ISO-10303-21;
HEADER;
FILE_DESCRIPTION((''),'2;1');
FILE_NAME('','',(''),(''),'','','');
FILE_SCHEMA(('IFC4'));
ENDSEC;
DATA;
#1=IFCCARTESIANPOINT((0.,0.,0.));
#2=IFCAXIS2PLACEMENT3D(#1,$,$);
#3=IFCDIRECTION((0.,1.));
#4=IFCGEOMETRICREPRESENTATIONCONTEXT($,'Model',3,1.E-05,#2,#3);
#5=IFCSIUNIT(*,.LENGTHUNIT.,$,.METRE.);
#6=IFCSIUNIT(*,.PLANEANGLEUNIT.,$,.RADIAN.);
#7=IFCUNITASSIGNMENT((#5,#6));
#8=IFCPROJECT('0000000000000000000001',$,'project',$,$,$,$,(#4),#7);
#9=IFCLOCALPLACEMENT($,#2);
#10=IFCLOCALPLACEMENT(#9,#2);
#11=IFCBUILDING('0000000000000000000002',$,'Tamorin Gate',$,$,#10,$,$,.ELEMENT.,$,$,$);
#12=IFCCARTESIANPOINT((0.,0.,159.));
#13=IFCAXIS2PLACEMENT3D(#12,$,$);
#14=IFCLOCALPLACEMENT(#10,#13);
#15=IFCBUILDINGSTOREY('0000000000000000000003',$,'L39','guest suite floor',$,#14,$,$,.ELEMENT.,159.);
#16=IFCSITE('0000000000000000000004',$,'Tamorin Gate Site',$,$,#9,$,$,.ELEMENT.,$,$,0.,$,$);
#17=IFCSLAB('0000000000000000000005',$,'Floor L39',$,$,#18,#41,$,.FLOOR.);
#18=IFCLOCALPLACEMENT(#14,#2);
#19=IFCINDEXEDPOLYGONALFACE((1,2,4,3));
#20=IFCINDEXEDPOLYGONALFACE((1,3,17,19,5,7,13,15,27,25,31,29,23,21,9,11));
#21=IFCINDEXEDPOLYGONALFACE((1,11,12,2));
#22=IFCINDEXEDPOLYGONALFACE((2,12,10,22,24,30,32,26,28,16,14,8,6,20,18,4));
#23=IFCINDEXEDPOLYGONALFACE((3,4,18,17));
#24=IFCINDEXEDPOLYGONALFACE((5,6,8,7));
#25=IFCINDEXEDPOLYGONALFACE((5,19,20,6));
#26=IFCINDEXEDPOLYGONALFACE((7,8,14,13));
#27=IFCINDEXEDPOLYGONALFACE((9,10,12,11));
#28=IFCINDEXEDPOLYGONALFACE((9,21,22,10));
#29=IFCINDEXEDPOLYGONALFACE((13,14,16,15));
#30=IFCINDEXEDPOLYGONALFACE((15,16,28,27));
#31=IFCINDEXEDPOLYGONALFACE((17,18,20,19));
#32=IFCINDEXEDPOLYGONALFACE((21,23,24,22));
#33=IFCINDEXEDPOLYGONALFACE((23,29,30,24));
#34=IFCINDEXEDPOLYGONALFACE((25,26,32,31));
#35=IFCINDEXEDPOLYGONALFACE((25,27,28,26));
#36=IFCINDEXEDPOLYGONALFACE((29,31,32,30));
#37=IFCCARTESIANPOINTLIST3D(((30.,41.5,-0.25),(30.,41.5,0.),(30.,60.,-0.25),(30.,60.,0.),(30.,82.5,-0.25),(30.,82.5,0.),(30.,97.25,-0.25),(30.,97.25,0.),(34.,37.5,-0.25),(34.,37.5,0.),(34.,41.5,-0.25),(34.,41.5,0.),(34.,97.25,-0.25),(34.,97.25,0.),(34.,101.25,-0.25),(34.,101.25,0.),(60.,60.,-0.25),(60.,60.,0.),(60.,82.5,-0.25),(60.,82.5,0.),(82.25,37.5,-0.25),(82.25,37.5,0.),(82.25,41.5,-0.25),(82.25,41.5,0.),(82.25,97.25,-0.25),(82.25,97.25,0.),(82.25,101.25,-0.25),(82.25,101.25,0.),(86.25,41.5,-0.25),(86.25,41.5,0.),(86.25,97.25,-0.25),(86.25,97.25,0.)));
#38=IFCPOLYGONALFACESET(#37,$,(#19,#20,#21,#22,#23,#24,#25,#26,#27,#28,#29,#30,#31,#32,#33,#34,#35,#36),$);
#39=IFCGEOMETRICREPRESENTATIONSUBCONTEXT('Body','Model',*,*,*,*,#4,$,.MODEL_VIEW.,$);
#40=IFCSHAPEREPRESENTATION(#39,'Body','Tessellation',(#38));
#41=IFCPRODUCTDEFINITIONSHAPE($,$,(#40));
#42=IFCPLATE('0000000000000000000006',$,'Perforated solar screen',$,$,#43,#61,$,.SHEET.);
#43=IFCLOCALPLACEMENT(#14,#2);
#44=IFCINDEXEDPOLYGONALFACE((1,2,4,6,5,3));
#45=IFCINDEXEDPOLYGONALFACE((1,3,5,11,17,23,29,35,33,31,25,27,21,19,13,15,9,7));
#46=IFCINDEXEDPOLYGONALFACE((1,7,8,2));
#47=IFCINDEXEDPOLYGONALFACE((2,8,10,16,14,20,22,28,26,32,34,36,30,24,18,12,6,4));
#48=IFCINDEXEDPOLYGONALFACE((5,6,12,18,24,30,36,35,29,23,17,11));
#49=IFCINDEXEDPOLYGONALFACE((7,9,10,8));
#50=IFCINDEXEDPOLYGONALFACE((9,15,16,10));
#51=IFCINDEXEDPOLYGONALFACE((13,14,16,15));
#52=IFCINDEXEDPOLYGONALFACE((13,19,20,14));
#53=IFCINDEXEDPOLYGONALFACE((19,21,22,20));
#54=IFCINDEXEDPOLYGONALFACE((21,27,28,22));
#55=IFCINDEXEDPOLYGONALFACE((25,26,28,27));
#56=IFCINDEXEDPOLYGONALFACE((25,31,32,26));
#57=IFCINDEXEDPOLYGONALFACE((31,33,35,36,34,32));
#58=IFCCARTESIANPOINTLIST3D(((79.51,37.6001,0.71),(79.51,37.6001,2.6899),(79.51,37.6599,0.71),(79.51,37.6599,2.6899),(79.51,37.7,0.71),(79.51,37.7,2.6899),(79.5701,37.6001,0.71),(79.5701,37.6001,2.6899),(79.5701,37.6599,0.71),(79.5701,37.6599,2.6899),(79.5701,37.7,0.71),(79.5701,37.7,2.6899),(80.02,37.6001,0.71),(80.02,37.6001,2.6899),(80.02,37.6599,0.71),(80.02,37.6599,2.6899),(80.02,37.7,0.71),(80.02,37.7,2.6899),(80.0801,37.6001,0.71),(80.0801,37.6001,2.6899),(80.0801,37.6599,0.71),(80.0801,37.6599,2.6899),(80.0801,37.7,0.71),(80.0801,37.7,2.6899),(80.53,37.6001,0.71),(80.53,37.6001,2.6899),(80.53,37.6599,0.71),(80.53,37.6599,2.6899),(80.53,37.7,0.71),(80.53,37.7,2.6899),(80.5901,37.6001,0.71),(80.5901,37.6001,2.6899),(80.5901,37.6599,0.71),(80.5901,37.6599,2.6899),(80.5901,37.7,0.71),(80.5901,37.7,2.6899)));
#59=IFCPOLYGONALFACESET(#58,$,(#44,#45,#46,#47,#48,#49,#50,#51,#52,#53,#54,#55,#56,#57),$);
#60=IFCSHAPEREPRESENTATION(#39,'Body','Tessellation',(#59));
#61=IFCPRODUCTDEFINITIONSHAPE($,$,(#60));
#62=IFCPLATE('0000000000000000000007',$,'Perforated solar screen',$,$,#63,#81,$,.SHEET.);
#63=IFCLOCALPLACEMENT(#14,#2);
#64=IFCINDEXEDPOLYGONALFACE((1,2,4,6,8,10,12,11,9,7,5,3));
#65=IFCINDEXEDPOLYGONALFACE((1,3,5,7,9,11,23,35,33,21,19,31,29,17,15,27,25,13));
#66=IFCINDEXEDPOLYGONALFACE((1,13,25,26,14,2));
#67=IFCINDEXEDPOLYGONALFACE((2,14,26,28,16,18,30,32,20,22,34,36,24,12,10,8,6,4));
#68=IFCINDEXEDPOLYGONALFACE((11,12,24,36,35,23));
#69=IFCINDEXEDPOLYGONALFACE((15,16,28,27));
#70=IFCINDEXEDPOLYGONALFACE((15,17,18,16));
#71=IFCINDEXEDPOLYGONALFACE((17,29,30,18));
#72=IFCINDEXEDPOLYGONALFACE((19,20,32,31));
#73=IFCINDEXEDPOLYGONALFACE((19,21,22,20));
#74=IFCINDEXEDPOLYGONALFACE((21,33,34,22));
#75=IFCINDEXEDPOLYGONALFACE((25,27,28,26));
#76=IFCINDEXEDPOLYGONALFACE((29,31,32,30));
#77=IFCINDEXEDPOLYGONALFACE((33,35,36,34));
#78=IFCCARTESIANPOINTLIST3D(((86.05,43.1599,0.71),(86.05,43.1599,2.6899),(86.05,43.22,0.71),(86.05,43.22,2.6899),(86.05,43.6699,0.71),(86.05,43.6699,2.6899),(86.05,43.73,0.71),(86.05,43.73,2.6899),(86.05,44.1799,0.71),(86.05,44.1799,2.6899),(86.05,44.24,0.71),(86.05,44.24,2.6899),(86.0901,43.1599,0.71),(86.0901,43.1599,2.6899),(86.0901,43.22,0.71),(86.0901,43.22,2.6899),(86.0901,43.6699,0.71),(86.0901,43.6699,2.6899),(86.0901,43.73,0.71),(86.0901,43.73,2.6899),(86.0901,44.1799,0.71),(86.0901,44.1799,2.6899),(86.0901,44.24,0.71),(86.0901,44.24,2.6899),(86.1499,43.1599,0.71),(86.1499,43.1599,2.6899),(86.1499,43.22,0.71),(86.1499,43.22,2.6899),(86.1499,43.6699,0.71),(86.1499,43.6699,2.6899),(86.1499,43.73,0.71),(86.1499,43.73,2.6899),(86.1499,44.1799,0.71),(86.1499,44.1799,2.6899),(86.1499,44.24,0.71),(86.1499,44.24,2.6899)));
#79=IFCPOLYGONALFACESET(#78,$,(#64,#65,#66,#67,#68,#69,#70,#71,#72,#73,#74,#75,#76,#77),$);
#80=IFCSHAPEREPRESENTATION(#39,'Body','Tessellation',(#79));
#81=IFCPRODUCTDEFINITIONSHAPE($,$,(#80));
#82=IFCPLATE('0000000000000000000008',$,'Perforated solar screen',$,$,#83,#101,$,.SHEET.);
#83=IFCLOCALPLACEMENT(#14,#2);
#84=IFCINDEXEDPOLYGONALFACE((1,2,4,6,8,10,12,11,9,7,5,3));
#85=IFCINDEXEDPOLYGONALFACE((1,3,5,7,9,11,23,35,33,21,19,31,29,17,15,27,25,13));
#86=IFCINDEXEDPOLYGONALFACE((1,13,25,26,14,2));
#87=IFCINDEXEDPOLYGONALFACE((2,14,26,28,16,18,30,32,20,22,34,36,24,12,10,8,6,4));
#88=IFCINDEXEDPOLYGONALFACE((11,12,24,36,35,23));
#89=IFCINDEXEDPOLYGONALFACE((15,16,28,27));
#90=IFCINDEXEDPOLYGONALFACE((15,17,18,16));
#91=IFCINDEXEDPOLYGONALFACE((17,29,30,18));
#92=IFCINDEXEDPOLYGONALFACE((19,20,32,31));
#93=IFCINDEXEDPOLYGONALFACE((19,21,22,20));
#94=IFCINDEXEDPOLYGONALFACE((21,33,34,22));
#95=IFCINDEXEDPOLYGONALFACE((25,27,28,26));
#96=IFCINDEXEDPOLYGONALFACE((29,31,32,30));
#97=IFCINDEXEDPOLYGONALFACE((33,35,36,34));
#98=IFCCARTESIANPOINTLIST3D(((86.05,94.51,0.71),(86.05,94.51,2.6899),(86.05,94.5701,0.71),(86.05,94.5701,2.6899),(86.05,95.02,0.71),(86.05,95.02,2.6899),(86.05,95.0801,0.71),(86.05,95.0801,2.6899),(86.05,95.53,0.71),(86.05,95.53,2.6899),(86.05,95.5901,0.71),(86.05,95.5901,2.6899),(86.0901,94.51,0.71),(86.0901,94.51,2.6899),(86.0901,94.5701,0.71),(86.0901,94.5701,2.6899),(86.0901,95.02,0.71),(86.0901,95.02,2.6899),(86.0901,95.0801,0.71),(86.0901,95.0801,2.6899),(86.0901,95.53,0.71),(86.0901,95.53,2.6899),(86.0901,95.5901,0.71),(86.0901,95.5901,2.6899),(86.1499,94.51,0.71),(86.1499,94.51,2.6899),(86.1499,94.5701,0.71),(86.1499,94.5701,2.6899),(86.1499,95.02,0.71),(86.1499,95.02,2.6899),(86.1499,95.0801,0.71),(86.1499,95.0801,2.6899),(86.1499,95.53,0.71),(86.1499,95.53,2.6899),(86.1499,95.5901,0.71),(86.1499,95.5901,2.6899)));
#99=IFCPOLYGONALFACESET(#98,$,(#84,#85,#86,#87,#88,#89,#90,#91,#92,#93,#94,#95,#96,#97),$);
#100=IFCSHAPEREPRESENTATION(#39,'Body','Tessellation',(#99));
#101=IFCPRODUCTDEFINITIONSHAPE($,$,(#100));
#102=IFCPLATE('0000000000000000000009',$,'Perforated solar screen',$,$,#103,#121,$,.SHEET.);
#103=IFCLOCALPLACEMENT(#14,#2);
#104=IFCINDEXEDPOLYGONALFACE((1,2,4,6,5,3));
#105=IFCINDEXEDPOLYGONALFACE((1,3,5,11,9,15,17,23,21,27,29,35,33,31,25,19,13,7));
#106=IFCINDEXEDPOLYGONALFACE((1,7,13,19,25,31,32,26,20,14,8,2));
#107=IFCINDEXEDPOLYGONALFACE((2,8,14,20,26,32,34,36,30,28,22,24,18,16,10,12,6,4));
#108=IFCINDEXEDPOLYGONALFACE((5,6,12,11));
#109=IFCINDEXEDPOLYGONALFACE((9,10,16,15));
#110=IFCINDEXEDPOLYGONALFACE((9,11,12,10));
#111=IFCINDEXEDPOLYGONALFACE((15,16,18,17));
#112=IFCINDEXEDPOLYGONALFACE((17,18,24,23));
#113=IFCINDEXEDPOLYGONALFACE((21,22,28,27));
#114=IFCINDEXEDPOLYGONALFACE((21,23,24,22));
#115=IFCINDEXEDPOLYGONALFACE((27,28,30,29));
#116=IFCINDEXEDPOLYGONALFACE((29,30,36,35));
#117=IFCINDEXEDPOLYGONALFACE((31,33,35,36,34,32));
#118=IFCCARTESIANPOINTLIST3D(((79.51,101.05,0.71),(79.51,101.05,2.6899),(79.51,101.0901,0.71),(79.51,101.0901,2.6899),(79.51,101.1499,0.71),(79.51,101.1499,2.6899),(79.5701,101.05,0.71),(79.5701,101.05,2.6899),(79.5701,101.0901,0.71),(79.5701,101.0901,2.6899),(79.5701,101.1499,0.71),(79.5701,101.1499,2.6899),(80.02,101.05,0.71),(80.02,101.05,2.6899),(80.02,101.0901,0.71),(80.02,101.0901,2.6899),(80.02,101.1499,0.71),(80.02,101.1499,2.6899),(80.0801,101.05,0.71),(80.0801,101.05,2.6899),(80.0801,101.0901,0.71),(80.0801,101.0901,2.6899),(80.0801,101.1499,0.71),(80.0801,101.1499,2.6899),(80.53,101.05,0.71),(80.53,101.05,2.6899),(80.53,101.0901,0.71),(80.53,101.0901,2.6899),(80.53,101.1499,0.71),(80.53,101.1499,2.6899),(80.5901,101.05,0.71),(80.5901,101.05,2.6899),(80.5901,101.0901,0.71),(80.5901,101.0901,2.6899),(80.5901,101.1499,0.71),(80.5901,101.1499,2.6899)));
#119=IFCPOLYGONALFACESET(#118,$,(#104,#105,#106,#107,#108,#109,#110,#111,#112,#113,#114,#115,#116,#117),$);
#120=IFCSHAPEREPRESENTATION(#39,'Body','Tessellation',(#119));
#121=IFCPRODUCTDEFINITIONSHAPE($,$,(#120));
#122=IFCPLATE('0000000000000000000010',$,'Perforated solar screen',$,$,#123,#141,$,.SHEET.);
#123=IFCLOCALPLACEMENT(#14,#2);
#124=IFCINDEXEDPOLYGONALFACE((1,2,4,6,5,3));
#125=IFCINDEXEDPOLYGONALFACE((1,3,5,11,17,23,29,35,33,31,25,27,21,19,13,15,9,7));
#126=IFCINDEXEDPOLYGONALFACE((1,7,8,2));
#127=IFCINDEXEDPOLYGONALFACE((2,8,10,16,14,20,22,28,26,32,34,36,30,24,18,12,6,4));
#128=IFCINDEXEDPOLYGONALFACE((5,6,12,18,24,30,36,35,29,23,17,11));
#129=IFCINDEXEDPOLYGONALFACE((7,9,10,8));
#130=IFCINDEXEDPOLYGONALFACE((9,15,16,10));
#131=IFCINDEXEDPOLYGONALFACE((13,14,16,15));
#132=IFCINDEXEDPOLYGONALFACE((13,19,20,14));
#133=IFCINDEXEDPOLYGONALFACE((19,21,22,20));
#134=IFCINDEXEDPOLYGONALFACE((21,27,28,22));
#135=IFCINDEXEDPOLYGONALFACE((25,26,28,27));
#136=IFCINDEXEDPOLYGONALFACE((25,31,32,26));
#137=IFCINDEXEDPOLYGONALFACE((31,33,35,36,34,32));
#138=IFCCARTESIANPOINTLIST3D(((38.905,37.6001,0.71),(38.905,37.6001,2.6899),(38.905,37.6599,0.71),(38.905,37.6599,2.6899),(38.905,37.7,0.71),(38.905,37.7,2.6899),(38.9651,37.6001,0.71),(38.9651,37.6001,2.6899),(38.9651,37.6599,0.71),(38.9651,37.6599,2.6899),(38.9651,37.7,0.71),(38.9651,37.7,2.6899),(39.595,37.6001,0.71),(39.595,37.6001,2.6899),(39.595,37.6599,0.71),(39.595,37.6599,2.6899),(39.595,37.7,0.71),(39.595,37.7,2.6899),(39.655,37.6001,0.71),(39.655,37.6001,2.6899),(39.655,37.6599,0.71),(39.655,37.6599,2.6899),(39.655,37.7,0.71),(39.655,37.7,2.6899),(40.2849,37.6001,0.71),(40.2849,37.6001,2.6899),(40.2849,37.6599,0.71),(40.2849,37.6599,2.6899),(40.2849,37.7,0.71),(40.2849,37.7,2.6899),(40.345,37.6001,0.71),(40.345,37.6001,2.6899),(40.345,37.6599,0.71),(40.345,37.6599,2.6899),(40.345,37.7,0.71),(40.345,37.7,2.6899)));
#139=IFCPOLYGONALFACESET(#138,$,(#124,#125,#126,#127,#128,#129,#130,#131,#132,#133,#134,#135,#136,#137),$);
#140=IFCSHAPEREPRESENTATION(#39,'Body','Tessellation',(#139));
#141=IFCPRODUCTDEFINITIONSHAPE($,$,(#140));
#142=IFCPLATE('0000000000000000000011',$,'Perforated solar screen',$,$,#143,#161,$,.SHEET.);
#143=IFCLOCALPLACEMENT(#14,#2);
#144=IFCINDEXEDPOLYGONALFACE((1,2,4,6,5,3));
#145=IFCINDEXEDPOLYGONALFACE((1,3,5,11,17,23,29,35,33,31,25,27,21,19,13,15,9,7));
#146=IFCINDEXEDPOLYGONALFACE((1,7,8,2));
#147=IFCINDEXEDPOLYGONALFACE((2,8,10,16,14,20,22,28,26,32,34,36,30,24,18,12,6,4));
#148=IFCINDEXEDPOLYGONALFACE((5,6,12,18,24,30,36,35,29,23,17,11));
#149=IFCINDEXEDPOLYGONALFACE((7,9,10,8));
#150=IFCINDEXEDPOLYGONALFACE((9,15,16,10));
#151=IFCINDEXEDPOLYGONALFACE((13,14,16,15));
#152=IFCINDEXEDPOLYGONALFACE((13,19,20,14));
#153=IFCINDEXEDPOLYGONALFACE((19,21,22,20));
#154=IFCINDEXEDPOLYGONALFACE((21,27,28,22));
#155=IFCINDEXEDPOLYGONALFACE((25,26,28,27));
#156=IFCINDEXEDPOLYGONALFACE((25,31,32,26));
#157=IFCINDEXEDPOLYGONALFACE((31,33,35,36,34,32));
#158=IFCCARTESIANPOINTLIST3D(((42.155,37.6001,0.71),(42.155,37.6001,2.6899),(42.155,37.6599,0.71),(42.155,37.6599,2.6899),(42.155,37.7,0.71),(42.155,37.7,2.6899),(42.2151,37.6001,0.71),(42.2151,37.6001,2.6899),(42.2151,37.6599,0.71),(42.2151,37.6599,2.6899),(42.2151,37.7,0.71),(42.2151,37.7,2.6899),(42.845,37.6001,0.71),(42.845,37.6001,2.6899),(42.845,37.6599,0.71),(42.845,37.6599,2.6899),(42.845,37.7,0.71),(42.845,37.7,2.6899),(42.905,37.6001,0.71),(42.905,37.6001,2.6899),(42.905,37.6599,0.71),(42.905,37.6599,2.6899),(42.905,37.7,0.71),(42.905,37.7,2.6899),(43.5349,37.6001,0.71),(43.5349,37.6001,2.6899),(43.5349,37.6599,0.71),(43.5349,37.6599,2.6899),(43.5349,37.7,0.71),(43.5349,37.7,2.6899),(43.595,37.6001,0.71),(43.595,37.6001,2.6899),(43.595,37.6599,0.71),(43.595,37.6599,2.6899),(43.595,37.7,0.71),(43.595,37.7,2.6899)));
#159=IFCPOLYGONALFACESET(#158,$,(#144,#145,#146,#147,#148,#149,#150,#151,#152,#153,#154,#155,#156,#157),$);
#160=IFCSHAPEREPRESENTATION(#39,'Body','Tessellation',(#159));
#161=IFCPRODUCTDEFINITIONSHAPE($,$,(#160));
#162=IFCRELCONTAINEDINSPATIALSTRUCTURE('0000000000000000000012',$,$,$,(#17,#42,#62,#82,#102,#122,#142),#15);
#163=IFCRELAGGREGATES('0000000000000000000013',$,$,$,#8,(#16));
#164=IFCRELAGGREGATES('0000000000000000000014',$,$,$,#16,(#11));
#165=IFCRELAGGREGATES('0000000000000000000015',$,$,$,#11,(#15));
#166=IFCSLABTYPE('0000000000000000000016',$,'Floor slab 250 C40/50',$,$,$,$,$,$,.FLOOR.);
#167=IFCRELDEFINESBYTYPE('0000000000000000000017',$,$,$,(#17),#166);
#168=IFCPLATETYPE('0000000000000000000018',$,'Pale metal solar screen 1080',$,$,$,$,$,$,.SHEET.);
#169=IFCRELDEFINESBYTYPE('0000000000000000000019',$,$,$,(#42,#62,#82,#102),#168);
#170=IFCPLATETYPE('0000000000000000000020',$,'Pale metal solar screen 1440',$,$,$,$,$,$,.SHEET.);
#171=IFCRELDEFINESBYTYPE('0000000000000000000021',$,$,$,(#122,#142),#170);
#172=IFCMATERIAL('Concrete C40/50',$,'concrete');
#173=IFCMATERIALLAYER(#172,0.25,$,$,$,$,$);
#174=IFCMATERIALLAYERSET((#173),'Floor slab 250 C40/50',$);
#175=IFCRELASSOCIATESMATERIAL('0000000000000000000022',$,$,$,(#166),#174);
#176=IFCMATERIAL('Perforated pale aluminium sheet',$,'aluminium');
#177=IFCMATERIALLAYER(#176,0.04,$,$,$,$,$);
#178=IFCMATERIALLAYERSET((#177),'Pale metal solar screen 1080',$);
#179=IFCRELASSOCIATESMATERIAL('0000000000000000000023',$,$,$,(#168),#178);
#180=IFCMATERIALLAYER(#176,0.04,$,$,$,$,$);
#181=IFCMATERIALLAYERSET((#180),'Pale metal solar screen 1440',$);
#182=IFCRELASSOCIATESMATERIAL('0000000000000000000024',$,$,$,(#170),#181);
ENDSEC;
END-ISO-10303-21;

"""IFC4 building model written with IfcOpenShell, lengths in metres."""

from ifc_helpers import new_model, si_unit, direction, frame, origin, place, context, subcontext, project, spatial, polyline, outline, extrude, material, layer, layer_set, type_object, element, save


model = new_model("IFC4")

# Units and contexts
model_context = context("Model", 3, precision=1e-05, world=origin(), true_north=direction((0.0, 1.0)))
body_context = subcontext(model_context, "Body", "Model", "MODEL_VIEW")
ifc_project = project(units=[si_unit("LENGTHUNIT", "METRE"), si_unit("PLANEANGLEUNIT", "RADIAN")], contexts=[model_context])

# Site, building, storey
site_placement = place(None, origin())
site = spatial("IfcSite", under=ifc_project, at=site_placement, Name="Tamorin Gate Site", CompositionType="ELEMENT", RefElevation=0.0)
building_placement = place(site_placement, origin())
building = spatial("IfcBuilding", under=site, at=building_placement, Name="Tamorin Gate", CompositionType="ELEMENT")
storey_placement = place(building_placement, frame((0.0, 0.0, 159.0)))
storey = spatial("IfcBuildingStorey", under=building, at=storey_placement, Name="L39", Description="guest suite floor", CompositionType="ELEMENT", Elevation=159.0)

# Slab
ifc_material_1 = material(Name="Concrete C40/50", Category="concrete")
ifc_layer_1 = layer(ifc_material_1, 0.25)
ifc_layer_set_1 = layer_set([ifc_layer_1], Name="Floor slab 250 C40/50")
slab_type = type_object("IfcSlabType", Name="Floor slab 250 C40/50", PredefinedType="FLOOR", material=ifc_layer_set_1)
slab_placement = place(storey_placement, frame((0.0, 0.0, -0.25)))
element("IfcSlab", 1, at=slab_placement, inside=storey, type_object=slab_type, Name="Floor L39", PredefinedType="FLOOR", context=body_context, shape_type="SweptSolid", body=[
    extrude(outline(polyline([(30.0, 97.25), (34.0, 97.25), (34.0, 101.25), (82.25, 101.25), (82.25, 97.25), (86.25, 97.25), (86.25, 41.5), (82.25, 41.5), (82.25, 37.5), (34.0, 37.5), (34.0, 41.5), (30.0, 41.5), (30.0, 60.0), (60.0, 60.0), (60.0, 82.5), (30.0, 82.5), (30.0, 97.25)])), origin(), (0.0, 0.0, 1.0), 0.25),
])

# Plates
ifc_material_2 = material(Name="Perforated pale aluminium sheet", Category="aluminium")
ifc_layer_2 = layer(ifc_material_2, 0.04)
ifc_layer_set_2 = layer_set([ifc_layer_2], Name="Pale metal solar screen 1080")
plate_type_1 = type_object("IfcPlateType", Name="Pale metal solar screen 1080", PredefinedType="SHEET", material=ifc_layer_set_2)
plate_1_placement = place(storey_placement, frame((0.0, 0.0, 0.71)))
element("IfcPlate", 2, at=plate_1_placement, inside=storey, type_object=plate_type_1, Name="Perforated solar screen", PredefinedType="SHEET", context=body_context, shape_type="SweptSolid", body=[
    extrude(outline(polyline([(79.51, 37.6599), (79.51, 37.7), (79.5701, 37.7), (80.02, 37.7), (80.0801, 37.7), (80.53, 37.7), (80.5901, 37.7), (80.5901, 37.6599), (80.5901, 37.6001), (80.53, 37.6001), (80.53, 37.6599), (80.0801, 37.6599), (80.0801, 37.6001), (80.02, 37.6001), (80.02, 37.6599), (79.5701, 37.6599), (79.5701, 37.6001), (79.51, 37.6001), (79.51, 37.6599)])), origin(), (0.0, 0.0, 1.0), 1.98),
])
plate_2_placement = place(storey_placement, frame((0.0, 0.0, 0.71)))
element("IfcPlate", 3, at=plate_2_placement, inside=storey, type_object=plate_type_1, Name="Perforated solar screen", PredefinedType="SHEET", context=body_context, shape_type="SweptSolid", body=[
    extrude(outline(polyline([(86.0901, 43.1599), (86.05, 43.1599), (86.05, 43.22), (86.05, 43.6699), (86.05, 43.73), (86.05, 44.1799), (86.05, 44.24), (86.0901, 44.24), (86.1499, 44.24), (86.1499, 44.1799), (86.0901, 44.1799), (86.0901, 43.73), (86.1499, 43.73), (86.1499, 43.6699), (86.0901, 43.6699), (86.0901, 43.22), (86.1499, 43.22), (86.1499, 43.1599), (86.0901, 43.1599)])), origin(), (0.0, 0.0, 1.0), 1.98),
])
plate_3_placement = place(storey_placement, frame((0.0, 0.0, 0.71)))
element("IfcPlate", 4, at=plate_3_placement, inside=storey, type_object=plate_type_1, Name="Perforated solar screen", PredefinedType="SHEET", context=body_context, shape_type="SweptSolid", body=[
    extrude(outline(polyline([(86.0901, 94.51), (86.05, 94.51), (86.05, 94.5701), (86.05, 95.02), (86.05, 95.0801), (86.05, 95.53), (86.05, 95.5901), (86.0901, 95.5901), (86.1499, 95.5901), (86.1499, 95.53), (86.0901, 95.53), (86.0901, 95.0801), (86.1499, 95.0801), (86.1499, 95.02), (86.0901, 95.02), (86.0901, 94.5701), (86.1499, 94.5701), (86.1499, 94.51), (86.0901, 94.51)])), origin(), (0.0, 0.0, 1.0), 1.98),
])
plate_4_placement = place(storey_placement, frame((0.0, 0.0, 0.71)))
element("IfcPlate", 5, at=plate_4_placement, inside=storey, type_object=plate_type_1, Name="Perforated solar screen", PredefinedType="SHEET", context=body_context, shape_type="SweptSolid", body=[
    extrude(outline(polyline([(80.5901, 101.0901), (80.5901, 101.05), (80.53, 101.05), (80.0801, 101.05), (80.02, 101.05), (79.5701, 101.05), (79.51, 101.05), (79.51, 101.0901), (79.51, 101.1499), (79.5701, 101.1499), (79.5701, 101.0901), (80.02, 101.0901), (80.02, 101.1499), (80.0801, 101.1499), (80.0801, 101.0901), (80.53, 101.0901), (80.53, 101.1499), (80.5901, 101.1499), (80.5901, 101.0901)])), origin(), (0.0, 0.0, 1.0), 1.98),
])
ifc_layer_3 = layer(ifc_material_2, 0.04)
ifc_layer_set_3 = layer_set([ifc_layer_3], Name="Pale metal solar screen 1440")
plate_type_2 = type_object("IfcPlateType", Name="Pale metal solar screen 1440", PredefinedType="SHEET", material=ifc_layer_set_3)
plate_5_placement = place(storey_placement, frame((0.0, 0.0, 0.71)))
element("IfcPlate", 6, at=plate_5_placement, inside=storey, type_object=plate_type_2, Name="Perforated solar screen", PredefinedType="SHEET", context=body_context, shape_type="SweptSolid", body=[
    extrude(outline(polyline([(38.905, 37.6599), (38.905, 37.7), (38.9651, 37.7), (39.595, 37.7), (39.655, 37.7), (40.2849, 37.7), (40.345, 37.7), (40.345, 37.7), (40.345, 37.6599), (40.345, 37.6599), (40.345, 37.6001), (40.2849, 37.6001), (40.2849, 37.6599), (39.655, 37.6599), (39.655, 37.6001), (39.595, 37.6001), (39.595, 37.6599), (38.9651, 37.6599), (38.9651, 37.6001), (38.905, 37.6001), (38.905, 37.6599)])), origin(), (0.0, 0.0, 1.0), 1.98),
])
plate_6_placement = place(storey_placement, frame((0.0, 0.0, 0.71)))
element("IfcPlate", 7, at=plate_6_placement, inside=storey, type_object=plate_type_2, Name="Perforated solar screen", PredefinedType="SHEET", context=body_context, shape_type="SweptSolid", body=[
    extrude(outline(polyline([(42.155, 37.6599), (42.155, 37.7), (42.2151, 37.7), (42.845, 37.7), (42.905, 37.7), (43.5349, 37.7), (43.595, 37.7), (43.595, 37.6599), (43.595, 37.6001), (43.5349, 37.6001), (43.5349, 37.6599), (42.905, 37.6599), (42.905, 37.6001), (42.845, 37.6001), (42.845, 37.6599), (42.2151, 37.6599), (42.2151, 37.6001), (42.155, 37.6001), (42.155, 37.6599)])), origin(), (0.0, 0.0, 1.0), 1.98),
])

save(model, "model.ifc")
